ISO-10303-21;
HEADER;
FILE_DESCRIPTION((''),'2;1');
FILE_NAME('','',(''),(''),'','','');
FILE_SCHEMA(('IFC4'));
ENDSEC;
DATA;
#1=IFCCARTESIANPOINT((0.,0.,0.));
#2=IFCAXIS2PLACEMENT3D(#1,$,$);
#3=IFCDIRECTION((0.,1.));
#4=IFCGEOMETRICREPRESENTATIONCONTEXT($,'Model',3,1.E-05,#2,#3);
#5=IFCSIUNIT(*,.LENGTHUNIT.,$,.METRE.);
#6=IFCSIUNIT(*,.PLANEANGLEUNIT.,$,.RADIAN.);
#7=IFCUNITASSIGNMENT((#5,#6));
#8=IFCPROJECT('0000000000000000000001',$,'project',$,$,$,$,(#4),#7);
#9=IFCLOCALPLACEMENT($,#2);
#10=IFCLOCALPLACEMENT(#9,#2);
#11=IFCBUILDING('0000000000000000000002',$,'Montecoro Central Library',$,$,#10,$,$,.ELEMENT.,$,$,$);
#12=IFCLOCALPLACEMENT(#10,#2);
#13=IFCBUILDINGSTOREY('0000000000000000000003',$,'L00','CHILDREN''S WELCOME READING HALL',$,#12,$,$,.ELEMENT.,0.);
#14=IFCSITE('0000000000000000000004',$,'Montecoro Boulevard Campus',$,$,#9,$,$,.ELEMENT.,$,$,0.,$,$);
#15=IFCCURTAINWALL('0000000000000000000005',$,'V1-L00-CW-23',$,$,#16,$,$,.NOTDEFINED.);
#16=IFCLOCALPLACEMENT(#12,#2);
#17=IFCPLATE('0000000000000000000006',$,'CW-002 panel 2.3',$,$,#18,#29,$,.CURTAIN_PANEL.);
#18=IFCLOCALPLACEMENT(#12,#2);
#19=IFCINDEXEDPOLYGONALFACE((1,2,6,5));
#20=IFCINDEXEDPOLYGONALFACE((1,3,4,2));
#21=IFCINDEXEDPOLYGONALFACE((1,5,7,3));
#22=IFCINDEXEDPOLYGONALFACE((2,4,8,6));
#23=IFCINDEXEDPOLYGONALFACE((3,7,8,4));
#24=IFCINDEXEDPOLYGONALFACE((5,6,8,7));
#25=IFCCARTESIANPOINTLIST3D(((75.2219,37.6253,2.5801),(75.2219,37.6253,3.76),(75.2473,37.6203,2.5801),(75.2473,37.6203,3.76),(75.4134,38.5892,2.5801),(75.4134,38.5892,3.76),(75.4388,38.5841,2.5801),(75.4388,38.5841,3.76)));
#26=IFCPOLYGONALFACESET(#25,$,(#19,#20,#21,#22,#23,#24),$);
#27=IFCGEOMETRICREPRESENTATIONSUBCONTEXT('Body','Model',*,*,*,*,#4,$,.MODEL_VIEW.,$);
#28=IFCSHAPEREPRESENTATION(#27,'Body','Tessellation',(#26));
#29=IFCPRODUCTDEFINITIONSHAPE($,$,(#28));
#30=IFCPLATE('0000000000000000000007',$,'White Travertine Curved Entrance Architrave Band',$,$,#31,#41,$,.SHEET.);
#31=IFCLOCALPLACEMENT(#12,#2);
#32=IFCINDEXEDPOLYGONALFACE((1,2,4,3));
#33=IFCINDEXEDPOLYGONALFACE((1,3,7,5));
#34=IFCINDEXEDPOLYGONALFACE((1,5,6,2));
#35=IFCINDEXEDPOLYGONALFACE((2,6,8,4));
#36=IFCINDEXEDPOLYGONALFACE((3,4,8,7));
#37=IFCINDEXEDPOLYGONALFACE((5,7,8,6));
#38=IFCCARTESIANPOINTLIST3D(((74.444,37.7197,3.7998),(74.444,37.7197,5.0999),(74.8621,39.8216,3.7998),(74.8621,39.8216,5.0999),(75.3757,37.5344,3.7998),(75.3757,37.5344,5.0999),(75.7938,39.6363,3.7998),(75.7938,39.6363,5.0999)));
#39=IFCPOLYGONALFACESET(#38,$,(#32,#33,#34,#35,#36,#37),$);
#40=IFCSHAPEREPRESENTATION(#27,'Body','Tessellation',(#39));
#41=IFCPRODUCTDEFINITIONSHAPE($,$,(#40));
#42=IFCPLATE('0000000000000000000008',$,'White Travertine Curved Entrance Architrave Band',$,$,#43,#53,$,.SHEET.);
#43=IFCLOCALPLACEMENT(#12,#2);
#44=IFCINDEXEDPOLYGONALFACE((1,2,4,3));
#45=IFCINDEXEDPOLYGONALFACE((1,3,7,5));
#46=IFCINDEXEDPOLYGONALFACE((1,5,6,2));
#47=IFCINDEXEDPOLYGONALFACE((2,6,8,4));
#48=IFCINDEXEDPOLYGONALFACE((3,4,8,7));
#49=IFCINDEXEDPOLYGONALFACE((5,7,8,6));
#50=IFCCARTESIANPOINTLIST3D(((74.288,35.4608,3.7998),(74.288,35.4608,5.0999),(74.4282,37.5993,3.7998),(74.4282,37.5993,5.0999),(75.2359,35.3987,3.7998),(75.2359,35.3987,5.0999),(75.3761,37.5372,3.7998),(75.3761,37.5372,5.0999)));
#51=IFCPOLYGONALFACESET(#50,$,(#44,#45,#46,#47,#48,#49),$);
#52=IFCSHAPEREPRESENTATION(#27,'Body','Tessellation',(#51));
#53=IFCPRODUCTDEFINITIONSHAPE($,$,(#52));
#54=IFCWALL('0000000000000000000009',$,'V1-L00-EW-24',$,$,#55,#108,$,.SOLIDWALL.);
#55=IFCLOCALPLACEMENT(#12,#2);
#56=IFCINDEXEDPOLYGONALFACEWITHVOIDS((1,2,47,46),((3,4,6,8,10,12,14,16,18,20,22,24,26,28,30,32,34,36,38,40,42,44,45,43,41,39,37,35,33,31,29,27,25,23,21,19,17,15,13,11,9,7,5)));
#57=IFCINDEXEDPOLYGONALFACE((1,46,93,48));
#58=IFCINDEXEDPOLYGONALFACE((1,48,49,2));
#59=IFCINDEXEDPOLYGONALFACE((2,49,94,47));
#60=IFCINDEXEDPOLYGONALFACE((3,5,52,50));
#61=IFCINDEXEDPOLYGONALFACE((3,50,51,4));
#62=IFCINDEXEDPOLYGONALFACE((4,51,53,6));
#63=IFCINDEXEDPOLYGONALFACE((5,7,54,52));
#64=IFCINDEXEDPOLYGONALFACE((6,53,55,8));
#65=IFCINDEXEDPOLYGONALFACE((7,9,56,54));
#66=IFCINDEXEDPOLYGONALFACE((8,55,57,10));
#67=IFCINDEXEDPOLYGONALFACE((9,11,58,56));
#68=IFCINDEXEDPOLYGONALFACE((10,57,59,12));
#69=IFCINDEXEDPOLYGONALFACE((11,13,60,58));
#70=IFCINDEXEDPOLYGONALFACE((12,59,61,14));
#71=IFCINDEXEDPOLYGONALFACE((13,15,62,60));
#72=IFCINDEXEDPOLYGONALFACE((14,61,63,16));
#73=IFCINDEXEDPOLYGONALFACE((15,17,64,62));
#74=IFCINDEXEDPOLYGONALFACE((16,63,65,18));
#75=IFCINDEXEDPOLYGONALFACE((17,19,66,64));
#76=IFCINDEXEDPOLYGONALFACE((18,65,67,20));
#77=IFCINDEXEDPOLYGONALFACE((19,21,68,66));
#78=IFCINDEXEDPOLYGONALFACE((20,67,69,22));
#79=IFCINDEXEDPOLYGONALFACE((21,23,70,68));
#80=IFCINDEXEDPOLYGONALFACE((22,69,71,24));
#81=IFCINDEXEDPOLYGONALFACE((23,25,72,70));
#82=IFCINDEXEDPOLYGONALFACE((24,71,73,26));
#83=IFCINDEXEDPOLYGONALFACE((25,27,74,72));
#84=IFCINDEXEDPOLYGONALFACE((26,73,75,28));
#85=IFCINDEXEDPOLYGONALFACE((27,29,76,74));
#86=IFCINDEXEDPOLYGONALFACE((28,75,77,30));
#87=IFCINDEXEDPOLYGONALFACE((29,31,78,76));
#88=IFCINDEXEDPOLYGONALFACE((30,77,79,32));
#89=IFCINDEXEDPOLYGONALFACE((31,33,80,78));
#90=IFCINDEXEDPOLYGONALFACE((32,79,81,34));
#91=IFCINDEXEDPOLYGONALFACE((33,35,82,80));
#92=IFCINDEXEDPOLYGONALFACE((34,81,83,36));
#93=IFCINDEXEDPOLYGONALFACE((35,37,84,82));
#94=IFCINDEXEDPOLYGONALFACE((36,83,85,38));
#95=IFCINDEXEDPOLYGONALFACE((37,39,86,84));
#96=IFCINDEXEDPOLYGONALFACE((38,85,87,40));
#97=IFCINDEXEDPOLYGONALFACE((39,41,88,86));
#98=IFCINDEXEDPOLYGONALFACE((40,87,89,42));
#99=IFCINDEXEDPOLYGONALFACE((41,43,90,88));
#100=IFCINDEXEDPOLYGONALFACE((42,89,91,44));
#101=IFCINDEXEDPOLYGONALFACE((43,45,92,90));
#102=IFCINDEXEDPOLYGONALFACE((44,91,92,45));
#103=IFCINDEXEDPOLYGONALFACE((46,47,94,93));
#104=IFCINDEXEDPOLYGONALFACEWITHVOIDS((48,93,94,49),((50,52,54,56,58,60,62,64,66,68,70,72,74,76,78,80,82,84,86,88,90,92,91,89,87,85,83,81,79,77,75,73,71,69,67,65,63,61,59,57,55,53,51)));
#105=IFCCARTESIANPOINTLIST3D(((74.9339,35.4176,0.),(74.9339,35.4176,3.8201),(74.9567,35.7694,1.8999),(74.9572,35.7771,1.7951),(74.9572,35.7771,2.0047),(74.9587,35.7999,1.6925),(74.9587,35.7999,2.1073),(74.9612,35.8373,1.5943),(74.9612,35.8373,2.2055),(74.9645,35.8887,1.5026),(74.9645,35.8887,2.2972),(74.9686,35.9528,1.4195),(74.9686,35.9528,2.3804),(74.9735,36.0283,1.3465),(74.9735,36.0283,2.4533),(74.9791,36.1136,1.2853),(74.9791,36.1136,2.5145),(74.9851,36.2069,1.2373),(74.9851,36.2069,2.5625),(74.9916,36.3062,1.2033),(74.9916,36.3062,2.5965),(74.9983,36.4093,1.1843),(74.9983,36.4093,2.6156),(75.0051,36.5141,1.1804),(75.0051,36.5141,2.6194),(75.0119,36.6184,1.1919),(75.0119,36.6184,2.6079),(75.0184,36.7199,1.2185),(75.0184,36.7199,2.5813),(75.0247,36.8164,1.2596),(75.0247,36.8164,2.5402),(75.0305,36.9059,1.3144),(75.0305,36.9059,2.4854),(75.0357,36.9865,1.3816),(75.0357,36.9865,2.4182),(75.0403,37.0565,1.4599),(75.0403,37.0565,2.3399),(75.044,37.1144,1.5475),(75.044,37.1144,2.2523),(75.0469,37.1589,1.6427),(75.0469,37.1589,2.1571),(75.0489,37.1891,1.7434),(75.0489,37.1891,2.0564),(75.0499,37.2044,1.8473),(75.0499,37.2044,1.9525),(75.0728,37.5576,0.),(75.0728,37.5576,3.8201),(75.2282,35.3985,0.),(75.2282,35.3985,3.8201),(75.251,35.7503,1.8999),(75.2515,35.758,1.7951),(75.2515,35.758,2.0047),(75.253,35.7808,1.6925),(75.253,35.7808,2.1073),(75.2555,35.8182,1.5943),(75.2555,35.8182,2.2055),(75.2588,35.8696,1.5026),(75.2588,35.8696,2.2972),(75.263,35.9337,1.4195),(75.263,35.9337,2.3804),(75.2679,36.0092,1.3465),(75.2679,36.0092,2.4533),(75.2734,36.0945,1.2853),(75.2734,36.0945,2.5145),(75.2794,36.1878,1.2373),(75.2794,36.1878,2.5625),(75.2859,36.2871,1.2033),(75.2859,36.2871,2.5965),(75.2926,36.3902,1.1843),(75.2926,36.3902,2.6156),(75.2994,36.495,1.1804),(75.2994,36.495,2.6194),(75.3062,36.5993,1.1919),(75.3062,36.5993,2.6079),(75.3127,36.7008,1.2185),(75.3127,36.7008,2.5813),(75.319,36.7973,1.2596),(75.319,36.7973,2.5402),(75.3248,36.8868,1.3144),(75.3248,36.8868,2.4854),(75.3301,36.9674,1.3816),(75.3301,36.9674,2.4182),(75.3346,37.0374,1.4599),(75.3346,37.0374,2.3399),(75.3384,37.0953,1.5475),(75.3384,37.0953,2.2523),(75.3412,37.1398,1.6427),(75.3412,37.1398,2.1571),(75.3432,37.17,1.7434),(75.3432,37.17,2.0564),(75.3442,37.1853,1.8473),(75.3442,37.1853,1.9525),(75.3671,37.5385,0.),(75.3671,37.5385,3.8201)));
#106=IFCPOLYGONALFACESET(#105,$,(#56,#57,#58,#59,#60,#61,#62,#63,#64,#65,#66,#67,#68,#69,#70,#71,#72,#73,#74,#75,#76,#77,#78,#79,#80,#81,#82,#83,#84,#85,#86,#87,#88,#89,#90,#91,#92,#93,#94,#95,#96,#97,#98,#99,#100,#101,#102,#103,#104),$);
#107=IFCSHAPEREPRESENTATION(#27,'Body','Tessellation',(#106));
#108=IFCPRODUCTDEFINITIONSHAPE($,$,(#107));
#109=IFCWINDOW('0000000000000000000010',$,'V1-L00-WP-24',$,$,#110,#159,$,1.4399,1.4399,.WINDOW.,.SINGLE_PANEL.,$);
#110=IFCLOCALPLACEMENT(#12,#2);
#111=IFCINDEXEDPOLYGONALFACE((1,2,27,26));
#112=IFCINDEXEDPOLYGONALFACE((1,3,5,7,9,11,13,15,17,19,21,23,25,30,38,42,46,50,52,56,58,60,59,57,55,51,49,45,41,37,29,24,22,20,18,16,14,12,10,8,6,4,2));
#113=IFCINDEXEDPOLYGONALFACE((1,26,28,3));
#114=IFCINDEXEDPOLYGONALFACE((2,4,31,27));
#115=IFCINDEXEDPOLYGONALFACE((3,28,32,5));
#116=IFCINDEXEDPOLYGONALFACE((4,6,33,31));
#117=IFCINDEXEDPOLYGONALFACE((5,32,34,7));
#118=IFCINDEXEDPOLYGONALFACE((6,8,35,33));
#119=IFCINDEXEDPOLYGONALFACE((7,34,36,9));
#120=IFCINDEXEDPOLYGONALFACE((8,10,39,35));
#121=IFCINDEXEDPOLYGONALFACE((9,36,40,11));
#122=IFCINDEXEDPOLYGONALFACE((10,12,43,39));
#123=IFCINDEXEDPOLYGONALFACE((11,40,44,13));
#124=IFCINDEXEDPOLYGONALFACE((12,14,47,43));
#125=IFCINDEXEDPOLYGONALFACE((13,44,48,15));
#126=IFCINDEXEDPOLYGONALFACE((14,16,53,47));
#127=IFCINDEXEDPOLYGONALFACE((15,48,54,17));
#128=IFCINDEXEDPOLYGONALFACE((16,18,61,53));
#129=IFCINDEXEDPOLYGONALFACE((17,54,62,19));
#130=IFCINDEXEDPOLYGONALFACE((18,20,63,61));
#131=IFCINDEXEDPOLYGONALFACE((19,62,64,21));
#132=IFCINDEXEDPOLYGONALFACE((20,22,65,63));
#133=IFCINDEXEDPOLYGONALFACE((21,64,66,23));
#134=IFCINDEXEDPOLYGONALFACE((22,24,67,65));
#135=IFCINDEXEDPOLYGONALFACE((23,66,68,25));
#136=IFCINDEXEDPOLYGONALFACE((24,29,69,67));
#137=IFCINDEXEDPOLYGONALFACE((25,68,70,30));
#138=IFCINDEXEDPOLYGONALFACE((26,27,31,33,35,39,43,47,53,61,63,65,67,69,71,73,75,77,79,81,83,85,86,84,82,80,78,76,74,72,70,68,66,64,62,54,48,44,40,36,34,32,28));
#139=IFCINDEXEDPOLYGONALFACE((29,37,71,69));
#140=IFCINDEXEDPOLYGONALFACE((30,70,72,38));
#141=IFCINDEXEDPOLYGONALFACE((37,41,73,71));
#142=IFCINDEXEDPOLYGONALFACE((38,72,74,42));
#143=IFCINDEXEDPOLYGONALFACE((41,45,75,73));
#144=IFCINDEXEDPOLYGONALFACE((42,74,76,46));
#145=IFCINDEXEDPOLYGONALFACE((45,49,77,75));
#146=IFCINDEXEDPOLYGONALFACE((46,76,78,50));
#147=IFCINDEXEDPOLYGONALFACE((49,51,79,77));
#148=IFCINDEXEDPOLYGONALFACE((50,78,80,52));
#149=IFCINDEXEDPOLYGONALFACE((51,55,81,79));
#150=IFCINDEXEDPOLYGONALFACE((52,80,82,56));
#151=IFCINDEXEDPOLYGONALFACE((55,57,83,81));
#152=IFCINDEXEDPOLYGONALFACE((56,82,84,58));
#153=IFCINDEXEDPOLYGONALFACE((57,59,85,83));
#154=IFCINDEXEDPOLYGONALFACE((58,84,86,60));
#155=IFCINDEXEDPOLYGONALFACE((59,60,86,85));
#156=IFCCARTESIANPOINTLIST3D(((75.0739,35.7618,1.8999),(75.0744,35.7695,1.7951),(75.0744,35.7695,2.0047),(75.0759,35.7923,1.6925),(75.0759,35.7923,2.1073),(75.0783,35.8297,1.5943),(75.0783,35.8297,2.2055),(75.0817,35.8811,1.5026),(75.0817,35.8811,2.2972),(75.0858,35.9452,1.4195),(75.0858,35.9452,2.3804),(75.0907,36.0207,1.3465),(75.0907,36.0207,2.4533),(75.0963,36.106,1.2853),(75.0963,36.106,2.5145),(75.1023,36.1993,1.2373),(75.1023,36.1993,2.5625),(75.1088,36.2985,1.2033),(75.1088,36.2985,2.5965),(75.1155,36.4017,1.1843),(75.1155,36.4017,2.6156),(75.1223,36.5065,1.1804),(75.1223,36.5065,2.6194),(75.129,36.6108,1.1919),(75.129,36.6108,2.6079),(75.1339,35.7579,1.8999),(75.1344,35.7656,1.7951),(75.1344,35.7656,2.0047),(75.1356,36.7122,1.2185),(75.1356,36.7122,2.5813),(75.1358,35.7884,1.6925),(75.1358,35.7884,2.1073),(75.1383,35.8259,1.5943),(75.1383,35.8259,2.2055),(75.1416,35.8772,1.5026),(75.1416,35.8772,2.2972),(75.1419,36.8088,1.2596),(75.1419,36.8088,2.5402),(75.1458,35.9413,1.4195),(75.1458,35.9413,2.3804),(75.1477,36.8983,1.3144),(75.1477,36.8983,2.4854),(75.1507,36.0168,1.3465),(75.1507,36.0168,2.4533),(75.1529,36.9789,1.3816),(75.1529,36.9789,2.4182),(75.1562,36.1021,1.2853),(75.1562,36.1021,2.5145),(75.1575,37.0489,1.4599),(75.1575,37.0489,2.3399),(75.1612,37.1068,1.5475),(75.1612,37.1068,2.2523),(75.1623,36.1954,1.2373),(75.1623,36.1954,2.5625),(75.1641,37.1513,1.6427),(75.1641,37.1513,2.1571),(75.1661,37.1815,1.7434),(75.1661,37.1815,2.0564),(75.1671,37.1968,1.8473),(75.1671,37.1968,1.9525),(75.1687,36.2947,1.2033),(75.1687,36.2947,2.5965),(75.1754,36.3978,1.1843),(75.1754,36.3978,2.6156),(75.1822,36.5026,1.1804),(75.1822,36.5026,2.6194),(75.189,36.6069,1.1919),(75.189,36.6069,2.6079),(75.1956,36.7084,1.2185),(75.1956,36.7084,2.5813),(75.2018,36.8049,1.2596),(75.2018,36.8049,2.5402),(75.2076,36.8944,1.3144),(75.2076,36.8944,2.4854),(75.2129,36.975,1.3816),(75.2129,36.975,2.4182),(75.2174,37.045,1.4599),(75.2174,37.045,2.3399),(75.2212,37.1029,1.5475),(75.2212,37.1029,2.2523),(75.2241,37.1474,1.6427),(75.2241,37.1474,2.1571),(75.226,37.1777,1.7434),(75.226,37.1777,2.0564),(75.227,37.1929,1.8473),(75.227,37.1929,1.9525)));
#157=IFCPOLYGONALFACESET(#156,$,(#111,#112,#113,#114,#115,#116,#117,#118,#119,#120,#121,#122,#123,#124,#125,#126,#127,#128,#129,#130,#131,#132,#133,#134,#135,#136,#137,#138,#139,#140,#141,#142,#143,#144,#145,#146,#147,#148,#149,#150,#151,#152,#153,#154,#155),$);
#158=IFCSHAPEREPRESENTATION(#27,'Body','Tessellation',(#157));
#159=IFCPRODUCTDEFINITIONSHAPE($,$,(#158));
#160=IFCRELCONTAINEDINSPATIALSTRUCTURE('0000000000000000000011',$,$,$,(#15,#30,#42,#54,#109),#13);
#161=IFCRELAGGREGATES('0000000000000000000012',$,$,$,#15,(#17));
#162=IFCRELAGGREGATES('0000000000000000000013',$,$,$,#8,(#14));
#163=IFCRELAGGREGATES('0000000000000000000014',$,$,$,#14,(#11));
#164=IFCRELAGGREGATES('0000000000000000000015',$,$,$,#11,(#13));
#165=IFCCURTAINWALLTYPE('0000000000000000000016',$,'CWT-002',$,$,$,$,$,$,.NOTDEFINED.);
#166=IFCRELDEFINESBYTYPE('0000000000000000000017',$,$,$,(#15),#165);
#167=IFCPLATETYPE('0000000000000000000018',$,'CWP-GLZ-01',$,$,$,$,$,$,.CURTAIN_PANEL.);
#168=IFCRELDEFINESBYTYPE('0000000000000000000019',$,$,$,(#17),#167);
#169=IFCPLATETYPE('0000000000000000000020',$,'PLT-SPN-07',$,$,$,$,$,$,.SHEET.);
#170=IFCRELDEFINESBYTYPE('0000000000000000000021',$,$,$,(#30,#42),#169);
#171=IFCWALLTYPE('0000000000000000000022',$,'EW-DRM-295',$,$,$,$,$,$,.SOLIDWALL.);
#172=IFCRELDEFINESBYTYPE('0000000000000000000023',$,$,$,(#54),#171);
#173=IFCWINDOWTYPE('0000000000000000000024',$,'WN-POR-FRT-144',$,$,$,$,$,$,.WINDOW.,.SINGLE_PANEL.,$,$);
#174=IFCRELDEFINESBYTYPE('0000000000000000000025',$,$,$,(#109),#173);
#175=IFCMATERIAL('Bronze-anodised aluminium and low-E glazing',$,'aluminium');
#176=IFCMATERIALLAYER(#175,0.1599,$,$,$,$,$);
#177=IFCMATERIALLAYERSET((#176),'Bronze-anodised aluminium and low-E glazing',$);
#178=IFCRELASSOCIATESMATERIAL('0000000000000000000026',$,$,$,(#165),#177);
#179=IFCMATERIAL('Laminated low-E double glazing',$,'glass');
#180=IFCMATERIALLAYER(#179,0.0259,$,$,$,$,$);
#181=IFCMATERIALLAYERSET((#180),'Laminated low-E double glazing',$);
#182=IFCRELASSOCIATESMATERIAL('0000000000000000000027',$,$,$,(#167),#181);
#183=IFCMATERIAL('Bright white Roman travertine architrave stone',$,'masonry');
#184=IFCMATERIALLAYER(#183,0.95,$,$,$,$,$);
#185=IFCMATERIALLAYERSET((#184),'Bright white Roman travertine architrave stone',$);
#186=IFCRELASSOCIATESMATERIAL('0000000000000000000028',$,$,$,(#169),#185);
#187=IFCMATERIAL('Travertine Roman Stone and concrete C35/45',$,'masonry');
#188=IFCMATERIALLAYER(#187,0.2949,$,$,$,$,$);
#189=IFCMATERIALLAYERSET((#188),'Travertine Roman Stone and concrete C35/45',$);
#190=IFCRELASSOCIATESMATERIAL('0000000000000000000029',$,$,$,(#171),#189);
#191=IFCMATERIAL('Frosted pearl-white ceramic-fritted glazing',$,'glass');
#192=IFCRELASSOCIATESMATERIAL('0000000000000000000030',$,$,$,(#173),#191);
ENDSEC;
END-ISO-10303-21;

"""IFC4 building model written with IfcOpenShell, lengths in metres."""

from ifc_helpers import new_model, si_unit, direction, frame, frame_2d, origin, origin_2d, place, context, subcontext, project, spatial, rectangle, circle, extrude, material, layer, layer_set, type_object, element, fill, aggregate, save


model = new_model("IFC4")

# Units and contexts
model_context = context("Model", 3, precision=1e-05, world=origin(), true_north=direction((0.0, 1.0)))
body_context = subcontext(model_context, "Body", "Model", "MODEL_VIEW")
ifc_project = project(units=[si_unit("LENGTHUNIT", "METRE"), si_unit("PLANEANGLEUNIT", "RADIAN")], contexts=[model_context])

# Site, building, storey
site_placement = place(None, origin())
site = spatial("IfcSite", under=ifc_project, at=site_placement, Name="Montecoro Boulevard Campus", CompositionType="ELEMENT", RefElevation=0.0)
building_placement = place(site_placement, origin())
building = spatial("IfcBuilding", under=site, at=building_placement, Name="Montecoro Central Library", CompositionType="ELEMENT")
storey_placement = place(building_placement, origin())
storey = spatial("IfcBuildingStorey", under=building, at=storey_placement, Name="L00", Description="CHILDREN'S WELCOME READING HALL", CompositionType="ELEMENT", Elevation=0.0)

# Curtain wall, plate
ifc_material_1 = material(Name="Bronze-anodised aluminium and low-E glazing", Category="aluminium")
ifc_layer_1 = layer(ifc_material_1, 0.1599)
ifc_layer_set_1 = layer_set([ifc_layer_1], Name="Bronze-anodised aluminium and low-E glazing")
curtain_wall_type = type_object("IfcCurtainWallType", Name="CWT-002", PredefinedType="NOTDEFINED", material=ifc_layer_set_1)
curtain_wall_placement = place(storey_placement, origin())
curtain_wall = element("IfcCurtainWall", 1, at=curtain_wall_placement, inside=storey, type_object=curtain_wall_type, Name="V1-L00-CW-23", PredefinedType="NOTDEFINED")
ifc_material_2 = material(Name="Laminated low-E double glazing", Category="glass")
ifc_layer_2 = layer(ifc_material_2, 0.0259)
ifc_layer_set_2 = layer_set([ifc_layer_2], Name="Laminated low-E double glazing")
plate_type_1 = type_object("IfcPlateType", Name="CWP-GLZ-01", PredefinedType="CURTAIN_PANEL", material=ifc_layer_set_2)
plate_1_placement = place(storey_placement, frame((75.3303, 38.1047, 2.5801), z_axis=(0.0, 0.0, 1.0), x_axis=(-0.194861, -0.980831, 0.0)))
plate_1 = element("IfcPlate", 2, at=plate_1_placement, type_object=plate_type_1, Name="CW-002 panel 2.3", PredefinedType="CURTAIN_PANEL", context=body_context, shape_type="SweptSolid", body=[
    extrude(rectangle(XDim=0.9827, YDim=0.0259, at=origin_2d()), origin(), (0.0, 0.0, 1.0), 1.1799),
])
aggregate(curtain_wall, [plate_1])

# Plates
ifc_material_3 = material(Name="Bright white Roman travertine architrave stone", Category="masonry")
ifc_layer_3 = layer(ifc_material_3, 0.95)
ifc_layer_set_3 = layer_set([ifc_layer_3], Name="Bright white Roman travertine architrave stone")
plate_type_2 = type_object("IfcPlateType", Name="PLT-SPN-07", PredefinedType="SHEET", material=ifc_layer_set_3)
for number, where, z_axis, x_axis, name in (
    (3, (75.1189, 38.678, 3.7998), (0.0, 0.0, 1.0), (-0.19509, -0.980785, 0.0), "White Travertine Curved Entrance Architrave Band"),
    (4, (74.832, 36.499, 3.7998), (0.0, 0.0, 1.0), (-0.065403, -0.997859, 0.0), "White Travertine Curved Entrance Architrave Band"),
):
    element("IfcPlate", number, at=place(storey_placement, frame(where, z_axis=z_axis, x_axis=x_axis)), inside=storey, type_object=plate_type_2, Name=name, PredefinedType="SHEET", context=body_context, shape_type="SweptSolid", body=[
        extrude(rectangle(XDim=2.1431, YDim=0.95, at=origin_2d()), origin(), (0.0, 0.0, 1.0), 1.3),
    ])

# Wall, opening, window
ifc_material_4 = material(Name="Travertine Roman Stone and concrete C35/45", Category="masonry")
ifc_layer_4 = layer(ifc_material_4, 0.2949)
ifc_layer_set_4 = layer_set([ifc_layer_4], Name="Travertine Roman Stone and concrete C35/45")
wall_type = type_object("IfcWallType", Name="EW-DRM-295", PredefinedType="SOLIDWALL", material=ifc_layer_set_4)
wall_placement = place(storey_placement, frame((75.22, 37.5481, 0.0), z_axis=(0.0, 0.0, 1.0), x_axis=(-0.064774, -0.9979, 0.0)))
wall = element("IfcWall", 5, at=wall_placement, inside=storey, type_object=wall_type, Name="V1-L00-EW-24", PredefinedType="SOLIDWALL", context=body_context, shape_type="SweptSolid", body=[
    extrude(rectangle(XDim=2.1445, YDim=0.2949, at=frame_2d((1.0723, 0.0))), origin(), (0.0, 0.0, 1.0), 3.8201),
])
opening_placement = place(wall_placement, frame((0.3521, 0.0, 1.1799)))
opening = element("IfcOpeningElement", 6, at=opening_placement, cuts=wall, PredefinedType="OPENING", context=body_context, shape_type="SweptSolid", body=[
    extrude(circle(Radius=0.72, at=frame_2d((0.72, 0.72))), frame((0.0, 0.1575, 0.0), z_axis=(0.0, -1.0, 0.0), x_axis=(1.0, 0.0, 0.0)), (0.0, 0.0, 1.0), 0.3149),
])
ifc_material_5 = material(Name="Frosted pearl-white ceramic-fritted glazing", Category="glass")
window_type = type_object("IfcWindowType", Name="WN-POR-FRT-144", PartitioningType="SINGLE_PANEL", PredefinedType="WINDOW", material=ifc_material_5)
window_placement = place(opening_placement, origin())
window = element("IfcWindow", 7, at=window_placement, inside=storey, type_object=window_type, Name="V1-L00-WP-24", OverallHeight=1.4399, OverallWidth=1.4399, PartitioningType="SINGLE_PANEL", PredefinedType="WINDOW", context=body_context, shape_type="SweptSolid", body=[
    extrude(circle(Radius=0.72, at=frame_2d((0.72, 0.72))), frame((0.0, 0.03, 0.0), z_axis=(0.0, -1.0, 0.0), x_axis=(1.0, 0.0, 0.0)), (0.0, 0.0, 1.0), 0.0601),
])
fill(opening, window)

save(model, "model.ifc")
